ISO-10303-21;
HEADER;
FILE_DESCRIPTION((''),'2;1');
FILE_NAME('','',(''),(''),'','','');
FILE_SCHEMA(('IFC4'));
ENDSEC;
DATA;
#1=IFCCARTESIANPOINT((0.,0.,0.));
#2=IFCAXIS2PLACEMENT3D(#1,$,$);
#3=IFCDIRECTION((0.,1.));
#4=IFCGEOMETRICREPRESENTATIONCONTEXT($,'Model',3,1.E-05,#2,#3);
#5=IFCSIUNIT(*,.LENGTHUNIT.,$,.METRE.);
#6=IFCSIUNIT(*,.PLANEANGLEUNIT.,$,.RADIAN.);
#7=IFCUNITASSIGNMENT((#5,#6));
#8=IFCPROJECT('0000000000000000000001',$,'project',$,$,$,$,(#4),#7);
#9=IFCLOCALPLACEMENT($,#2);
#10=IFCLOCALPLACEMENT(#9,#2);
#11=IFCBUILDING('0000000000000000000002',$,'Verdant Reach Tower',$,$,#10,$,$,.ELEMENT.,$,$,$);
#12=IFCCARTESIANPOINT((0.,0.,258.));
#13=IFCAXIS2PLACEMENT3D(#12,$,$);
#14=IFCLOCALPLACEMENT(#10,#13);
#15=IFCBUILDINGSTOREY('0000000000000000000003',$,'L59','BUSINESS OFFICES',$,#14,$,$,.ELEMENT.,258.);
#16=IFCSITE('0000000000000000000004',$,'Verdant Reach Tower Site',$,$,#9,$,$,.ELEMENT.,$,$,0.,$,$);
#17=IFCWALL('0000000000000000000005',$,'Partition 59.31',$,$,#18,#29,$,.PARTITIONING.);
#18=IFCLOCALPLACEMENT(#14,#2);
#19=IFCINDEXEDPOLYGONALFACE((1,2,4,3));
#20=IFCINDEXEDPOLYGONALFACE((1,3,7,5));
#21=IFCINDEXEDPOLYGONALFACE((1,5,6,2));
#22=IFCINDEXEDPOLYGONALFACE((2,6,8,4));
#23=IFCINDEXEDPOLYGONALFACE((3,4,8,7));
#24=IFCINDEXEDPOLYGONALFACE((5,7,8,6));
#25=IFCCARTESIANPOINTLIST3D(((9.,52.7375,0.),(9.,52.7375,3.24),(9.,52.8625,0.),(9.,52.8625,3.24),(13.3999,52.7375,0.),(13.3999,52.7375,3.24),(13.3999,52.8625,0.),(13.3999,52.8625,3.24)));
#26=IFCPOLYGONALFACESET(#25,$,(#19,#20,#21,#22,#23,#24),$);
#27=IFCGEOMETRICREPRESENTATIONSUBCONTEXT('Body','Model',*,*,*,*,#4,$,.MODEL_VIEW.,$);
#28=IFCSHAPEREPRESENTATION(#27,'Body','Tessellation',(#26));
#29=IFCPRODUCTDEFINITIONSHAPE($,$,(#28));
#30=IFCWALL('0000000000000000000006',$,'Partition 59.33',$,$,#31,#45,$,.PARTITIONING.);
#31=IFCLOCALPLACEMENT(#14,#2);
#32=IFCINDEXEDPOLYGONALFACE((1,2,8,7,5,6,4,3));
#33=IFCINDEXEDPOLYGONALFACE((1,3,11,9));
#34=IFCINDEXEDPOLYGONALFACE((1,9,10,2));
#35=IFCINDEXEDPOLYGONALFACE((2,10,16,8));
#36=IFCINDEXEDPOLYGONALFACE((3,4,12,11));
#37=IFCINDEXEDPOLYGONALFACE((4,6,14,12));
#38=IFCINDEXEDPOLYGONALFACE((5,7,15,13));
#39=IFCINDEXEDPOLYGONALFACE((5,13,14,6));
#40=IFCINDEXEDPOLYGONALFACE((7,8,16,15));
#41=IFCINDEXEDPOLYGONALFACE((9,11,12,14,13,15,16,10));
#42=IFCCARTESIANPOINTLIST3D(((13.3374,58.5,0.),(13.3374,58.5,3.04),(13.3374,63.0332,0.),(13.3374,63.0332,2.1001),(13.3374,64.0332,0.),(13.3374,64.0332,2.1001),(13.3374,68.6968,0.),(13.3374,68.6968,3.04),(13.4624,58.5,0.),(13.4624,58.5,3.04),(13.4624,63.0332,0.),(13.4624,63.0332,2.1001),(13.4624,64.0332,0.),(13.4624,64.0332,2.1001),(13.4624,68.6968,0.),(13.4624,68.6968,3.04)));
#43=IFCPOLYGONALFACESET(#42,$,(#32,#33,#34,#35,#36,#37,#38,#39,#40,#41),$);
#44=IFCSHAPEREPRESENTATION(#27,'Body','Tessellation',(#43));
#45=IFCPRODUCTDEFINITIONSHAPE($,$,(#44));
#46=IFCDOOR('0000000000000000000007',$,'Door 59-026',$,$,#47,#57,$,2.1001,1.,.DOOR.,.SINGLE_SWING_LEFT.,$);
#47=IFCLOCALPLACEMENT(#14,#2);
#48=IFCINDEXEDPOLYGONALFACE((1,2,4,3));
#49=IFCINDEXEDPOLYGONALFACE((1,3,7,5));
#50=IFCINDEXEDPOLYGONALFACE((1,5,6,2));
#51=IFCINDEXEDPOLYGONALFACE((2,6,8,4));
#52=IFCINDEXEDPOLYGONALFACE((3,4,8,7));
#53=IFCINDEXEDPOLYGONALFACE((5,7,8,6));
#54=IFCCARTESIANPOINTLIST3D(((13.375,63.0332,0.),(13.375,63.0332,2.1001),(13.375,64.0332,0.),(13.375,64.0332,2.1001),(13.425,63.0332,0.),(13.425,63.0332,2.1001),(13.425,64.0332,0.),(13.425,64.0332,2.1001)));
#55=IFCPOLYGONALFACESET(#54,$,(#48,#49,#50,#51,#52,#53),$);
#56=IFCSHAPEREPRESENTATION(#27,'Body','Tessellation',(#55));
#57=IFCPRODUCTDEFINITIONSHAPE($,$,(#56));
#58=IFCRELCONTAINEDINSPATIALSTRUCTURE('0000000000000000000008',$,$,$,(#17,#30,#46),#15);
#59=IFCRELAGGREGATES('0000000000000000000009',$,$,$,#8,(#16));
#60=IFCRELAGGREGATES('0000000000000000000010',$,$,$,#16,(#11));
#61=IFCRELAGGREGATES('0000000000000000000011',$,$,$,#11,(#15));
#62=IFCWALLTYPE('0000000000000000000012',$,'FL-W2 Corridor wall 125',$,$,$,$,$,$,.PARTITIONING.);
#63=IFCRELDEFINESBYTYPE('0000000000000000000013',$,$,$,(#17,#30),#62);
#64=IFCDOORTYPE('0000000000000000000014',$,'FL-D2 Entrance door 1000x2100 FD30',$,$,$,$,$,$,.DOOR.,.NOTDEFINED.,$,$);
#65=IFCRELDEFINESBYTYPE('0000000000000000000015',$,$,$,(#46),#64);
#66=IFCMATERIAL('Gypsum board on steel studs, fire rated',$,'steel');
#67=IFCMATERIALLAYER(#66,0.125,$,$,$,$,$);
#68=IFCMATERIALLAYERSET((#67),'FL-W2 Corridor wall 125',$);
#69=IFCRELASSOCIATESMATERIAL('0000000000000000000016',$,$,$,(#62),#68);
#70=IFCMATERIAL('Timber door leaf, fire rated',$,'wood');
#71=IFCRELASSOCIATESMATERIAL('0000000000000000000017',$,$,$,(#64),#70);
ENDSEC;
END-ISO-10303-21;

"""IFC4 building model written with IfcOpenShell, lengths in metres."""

from ifc_helpers import new_model, si_unit, direction, frame, frame_2d, origin, place, context, subcontext, project, spatial, rectangle, extrude, material, layer, layer_set, type_object, element, fill, save


model = new_model("IFC4")

# Units and contexts
model_context = context("Model", 3, precision=1e-05, world=origin(), true_north=direction((0.0, 1.0)))
body_context = subcontext(model_context, "Body", "Model", "MODEL_VIEW")
ifc_project = project(units=[si_unit("LENGTHUNIT", "METRE"), si_unit("PLANEANGLEUNIT", "RADIAN")], contexts=[model_context])

# Site, building, storey
site_placement = place(None, origin())
site = spatial("IfcSite", under=ifc_project, at=site_placement, Name="Verdant Reach Tower Site", CompositionType="ELEMENT", RefElevation=0.0)
building_placement = place(site_placement, origin())
building = spatial("IfcBuilding", under=site, at=building_placement, Name="Verdant Reach Tower", CompositionType="ELEMENT")
storey_placement = place(building_placement, frame((0.0, 0.0, 258.0)))
storey = spatial("IfcBuildingStorey", under=building, at=storey_placement, Name="L59", Description="BUSINESS OFFICES", CompositionType="ELEMENT", Elevation=258.0)

# Shared definitions
ifc_material_1 = material(Name="Gypsum board on steel studs, fire rated", Category="steel")
ifc_layer_1 = layer(ifc_material_1, 0.125)
ifc_layer_set_1 = layer_set([ifc_layer_1], Name="FL-W2 Corridor wall 125")
wall_type_1 = type_object("IfcWallType", Name="FL-W2 Corridor wall 125", PredefinedType="PARTITIONING", material=ifc_layer_set_1)
ifc_material_2 = material(Name="Timber door leaf, fire rated", Category="wood")
door_type = type_object("IfcDoorType", Name="FL-D2 Entrance door 1000x2100 FD30", OperationType="NOTDEFINED", PredefinedType="DOOR", material=ifc_material_2)

# Wall
wall_1_placement = place(storey_placement, frame((13.3999, 52.8, 0.0), z_axis=(0.0, 0.0, 1.0), x_axis=(-1.0, 0.0, 0.0)))
element("IfcWall", 1, at=wall_1_placement, inside=storey, type_object=wall_type_1, Name="Partition 59.31", PredefinedType="PARTITIONING", context=body_context, shape_type="SweptSolid", body=[
    extrude(rectangle(XDim=4.3999, YDim=0.125, at=frame_2d((2.2, 0.0))), origin(), (0.0, 0.0, 1.0), 3.24),
])

# Wall, opening, door
wall_2_placement = place(storey_placement, frame((13.3999, 58.5, 0.0), z_axis=(0.0, 0.0, 1.0), x_axis=(0.0, 1.0, 0.0)))
wall_2 = element("IfcWall", 2, at=wall_2_placement, inside=storey, type_object=wall_type_1, Name="Partition 59.33", PredefinedType="PARTITIONING", context=body_context, shape_type="SweptSolid", body=[
    extrude(rectangle(XDim=10.1968, YDim=0.125, at=frame_2d((5.0984, 0.0))), origin(), (0.0, 0.0, 1.0), 3.04),
])
opening_1_placement = place(wall_2_placement, frame((4.5332, 0.0, 0.0)))
opening_1 = element("IfcOpeningElement", 3, at=opening_1_placement, cuts=wall_2, PredefinedType="OPENING", context=body_context, shape_type="SweptSolid", body=[
    extrude(rectangle(XDim=1.0, YDim=2.1001, at=frame_2d((0.5, 1.05))), frame((0.0, 0.0725, 0.0), z_axis=(0.0, -1.0, 0.0), x_axis=(1.0, 0.0, 0.0)), (0.0, 0.0, 1.0), 0.145),
])
door_1_placement = place(opening_1_placement, origin())
door_1 = element("IfcDoor", 4, at=door_1_placement, inside=storey, type_object=door_type, Name="Door 59-026", OperationType="SINGLE_SWING_LEFT", OverallHeight=2.1001, OverallWidth=1.0, PredefinedType="DOOR", context=body_context, shape_type="SweptSolid", body=[
    extrude(rectangle(XDim=1.0, YDim=2.1001, at=frame_2d((0.5, 1.05))), frame((0.0, 0.0249, 0.0), z_axis=(0.0, -1.0, 0.0), x_axis=(1.0, 0.0, 0.0)), (0.0, 0.0, 1.0), 0.05),
])
fill(opening_1, door_1)

save(model, "model.ifc")
